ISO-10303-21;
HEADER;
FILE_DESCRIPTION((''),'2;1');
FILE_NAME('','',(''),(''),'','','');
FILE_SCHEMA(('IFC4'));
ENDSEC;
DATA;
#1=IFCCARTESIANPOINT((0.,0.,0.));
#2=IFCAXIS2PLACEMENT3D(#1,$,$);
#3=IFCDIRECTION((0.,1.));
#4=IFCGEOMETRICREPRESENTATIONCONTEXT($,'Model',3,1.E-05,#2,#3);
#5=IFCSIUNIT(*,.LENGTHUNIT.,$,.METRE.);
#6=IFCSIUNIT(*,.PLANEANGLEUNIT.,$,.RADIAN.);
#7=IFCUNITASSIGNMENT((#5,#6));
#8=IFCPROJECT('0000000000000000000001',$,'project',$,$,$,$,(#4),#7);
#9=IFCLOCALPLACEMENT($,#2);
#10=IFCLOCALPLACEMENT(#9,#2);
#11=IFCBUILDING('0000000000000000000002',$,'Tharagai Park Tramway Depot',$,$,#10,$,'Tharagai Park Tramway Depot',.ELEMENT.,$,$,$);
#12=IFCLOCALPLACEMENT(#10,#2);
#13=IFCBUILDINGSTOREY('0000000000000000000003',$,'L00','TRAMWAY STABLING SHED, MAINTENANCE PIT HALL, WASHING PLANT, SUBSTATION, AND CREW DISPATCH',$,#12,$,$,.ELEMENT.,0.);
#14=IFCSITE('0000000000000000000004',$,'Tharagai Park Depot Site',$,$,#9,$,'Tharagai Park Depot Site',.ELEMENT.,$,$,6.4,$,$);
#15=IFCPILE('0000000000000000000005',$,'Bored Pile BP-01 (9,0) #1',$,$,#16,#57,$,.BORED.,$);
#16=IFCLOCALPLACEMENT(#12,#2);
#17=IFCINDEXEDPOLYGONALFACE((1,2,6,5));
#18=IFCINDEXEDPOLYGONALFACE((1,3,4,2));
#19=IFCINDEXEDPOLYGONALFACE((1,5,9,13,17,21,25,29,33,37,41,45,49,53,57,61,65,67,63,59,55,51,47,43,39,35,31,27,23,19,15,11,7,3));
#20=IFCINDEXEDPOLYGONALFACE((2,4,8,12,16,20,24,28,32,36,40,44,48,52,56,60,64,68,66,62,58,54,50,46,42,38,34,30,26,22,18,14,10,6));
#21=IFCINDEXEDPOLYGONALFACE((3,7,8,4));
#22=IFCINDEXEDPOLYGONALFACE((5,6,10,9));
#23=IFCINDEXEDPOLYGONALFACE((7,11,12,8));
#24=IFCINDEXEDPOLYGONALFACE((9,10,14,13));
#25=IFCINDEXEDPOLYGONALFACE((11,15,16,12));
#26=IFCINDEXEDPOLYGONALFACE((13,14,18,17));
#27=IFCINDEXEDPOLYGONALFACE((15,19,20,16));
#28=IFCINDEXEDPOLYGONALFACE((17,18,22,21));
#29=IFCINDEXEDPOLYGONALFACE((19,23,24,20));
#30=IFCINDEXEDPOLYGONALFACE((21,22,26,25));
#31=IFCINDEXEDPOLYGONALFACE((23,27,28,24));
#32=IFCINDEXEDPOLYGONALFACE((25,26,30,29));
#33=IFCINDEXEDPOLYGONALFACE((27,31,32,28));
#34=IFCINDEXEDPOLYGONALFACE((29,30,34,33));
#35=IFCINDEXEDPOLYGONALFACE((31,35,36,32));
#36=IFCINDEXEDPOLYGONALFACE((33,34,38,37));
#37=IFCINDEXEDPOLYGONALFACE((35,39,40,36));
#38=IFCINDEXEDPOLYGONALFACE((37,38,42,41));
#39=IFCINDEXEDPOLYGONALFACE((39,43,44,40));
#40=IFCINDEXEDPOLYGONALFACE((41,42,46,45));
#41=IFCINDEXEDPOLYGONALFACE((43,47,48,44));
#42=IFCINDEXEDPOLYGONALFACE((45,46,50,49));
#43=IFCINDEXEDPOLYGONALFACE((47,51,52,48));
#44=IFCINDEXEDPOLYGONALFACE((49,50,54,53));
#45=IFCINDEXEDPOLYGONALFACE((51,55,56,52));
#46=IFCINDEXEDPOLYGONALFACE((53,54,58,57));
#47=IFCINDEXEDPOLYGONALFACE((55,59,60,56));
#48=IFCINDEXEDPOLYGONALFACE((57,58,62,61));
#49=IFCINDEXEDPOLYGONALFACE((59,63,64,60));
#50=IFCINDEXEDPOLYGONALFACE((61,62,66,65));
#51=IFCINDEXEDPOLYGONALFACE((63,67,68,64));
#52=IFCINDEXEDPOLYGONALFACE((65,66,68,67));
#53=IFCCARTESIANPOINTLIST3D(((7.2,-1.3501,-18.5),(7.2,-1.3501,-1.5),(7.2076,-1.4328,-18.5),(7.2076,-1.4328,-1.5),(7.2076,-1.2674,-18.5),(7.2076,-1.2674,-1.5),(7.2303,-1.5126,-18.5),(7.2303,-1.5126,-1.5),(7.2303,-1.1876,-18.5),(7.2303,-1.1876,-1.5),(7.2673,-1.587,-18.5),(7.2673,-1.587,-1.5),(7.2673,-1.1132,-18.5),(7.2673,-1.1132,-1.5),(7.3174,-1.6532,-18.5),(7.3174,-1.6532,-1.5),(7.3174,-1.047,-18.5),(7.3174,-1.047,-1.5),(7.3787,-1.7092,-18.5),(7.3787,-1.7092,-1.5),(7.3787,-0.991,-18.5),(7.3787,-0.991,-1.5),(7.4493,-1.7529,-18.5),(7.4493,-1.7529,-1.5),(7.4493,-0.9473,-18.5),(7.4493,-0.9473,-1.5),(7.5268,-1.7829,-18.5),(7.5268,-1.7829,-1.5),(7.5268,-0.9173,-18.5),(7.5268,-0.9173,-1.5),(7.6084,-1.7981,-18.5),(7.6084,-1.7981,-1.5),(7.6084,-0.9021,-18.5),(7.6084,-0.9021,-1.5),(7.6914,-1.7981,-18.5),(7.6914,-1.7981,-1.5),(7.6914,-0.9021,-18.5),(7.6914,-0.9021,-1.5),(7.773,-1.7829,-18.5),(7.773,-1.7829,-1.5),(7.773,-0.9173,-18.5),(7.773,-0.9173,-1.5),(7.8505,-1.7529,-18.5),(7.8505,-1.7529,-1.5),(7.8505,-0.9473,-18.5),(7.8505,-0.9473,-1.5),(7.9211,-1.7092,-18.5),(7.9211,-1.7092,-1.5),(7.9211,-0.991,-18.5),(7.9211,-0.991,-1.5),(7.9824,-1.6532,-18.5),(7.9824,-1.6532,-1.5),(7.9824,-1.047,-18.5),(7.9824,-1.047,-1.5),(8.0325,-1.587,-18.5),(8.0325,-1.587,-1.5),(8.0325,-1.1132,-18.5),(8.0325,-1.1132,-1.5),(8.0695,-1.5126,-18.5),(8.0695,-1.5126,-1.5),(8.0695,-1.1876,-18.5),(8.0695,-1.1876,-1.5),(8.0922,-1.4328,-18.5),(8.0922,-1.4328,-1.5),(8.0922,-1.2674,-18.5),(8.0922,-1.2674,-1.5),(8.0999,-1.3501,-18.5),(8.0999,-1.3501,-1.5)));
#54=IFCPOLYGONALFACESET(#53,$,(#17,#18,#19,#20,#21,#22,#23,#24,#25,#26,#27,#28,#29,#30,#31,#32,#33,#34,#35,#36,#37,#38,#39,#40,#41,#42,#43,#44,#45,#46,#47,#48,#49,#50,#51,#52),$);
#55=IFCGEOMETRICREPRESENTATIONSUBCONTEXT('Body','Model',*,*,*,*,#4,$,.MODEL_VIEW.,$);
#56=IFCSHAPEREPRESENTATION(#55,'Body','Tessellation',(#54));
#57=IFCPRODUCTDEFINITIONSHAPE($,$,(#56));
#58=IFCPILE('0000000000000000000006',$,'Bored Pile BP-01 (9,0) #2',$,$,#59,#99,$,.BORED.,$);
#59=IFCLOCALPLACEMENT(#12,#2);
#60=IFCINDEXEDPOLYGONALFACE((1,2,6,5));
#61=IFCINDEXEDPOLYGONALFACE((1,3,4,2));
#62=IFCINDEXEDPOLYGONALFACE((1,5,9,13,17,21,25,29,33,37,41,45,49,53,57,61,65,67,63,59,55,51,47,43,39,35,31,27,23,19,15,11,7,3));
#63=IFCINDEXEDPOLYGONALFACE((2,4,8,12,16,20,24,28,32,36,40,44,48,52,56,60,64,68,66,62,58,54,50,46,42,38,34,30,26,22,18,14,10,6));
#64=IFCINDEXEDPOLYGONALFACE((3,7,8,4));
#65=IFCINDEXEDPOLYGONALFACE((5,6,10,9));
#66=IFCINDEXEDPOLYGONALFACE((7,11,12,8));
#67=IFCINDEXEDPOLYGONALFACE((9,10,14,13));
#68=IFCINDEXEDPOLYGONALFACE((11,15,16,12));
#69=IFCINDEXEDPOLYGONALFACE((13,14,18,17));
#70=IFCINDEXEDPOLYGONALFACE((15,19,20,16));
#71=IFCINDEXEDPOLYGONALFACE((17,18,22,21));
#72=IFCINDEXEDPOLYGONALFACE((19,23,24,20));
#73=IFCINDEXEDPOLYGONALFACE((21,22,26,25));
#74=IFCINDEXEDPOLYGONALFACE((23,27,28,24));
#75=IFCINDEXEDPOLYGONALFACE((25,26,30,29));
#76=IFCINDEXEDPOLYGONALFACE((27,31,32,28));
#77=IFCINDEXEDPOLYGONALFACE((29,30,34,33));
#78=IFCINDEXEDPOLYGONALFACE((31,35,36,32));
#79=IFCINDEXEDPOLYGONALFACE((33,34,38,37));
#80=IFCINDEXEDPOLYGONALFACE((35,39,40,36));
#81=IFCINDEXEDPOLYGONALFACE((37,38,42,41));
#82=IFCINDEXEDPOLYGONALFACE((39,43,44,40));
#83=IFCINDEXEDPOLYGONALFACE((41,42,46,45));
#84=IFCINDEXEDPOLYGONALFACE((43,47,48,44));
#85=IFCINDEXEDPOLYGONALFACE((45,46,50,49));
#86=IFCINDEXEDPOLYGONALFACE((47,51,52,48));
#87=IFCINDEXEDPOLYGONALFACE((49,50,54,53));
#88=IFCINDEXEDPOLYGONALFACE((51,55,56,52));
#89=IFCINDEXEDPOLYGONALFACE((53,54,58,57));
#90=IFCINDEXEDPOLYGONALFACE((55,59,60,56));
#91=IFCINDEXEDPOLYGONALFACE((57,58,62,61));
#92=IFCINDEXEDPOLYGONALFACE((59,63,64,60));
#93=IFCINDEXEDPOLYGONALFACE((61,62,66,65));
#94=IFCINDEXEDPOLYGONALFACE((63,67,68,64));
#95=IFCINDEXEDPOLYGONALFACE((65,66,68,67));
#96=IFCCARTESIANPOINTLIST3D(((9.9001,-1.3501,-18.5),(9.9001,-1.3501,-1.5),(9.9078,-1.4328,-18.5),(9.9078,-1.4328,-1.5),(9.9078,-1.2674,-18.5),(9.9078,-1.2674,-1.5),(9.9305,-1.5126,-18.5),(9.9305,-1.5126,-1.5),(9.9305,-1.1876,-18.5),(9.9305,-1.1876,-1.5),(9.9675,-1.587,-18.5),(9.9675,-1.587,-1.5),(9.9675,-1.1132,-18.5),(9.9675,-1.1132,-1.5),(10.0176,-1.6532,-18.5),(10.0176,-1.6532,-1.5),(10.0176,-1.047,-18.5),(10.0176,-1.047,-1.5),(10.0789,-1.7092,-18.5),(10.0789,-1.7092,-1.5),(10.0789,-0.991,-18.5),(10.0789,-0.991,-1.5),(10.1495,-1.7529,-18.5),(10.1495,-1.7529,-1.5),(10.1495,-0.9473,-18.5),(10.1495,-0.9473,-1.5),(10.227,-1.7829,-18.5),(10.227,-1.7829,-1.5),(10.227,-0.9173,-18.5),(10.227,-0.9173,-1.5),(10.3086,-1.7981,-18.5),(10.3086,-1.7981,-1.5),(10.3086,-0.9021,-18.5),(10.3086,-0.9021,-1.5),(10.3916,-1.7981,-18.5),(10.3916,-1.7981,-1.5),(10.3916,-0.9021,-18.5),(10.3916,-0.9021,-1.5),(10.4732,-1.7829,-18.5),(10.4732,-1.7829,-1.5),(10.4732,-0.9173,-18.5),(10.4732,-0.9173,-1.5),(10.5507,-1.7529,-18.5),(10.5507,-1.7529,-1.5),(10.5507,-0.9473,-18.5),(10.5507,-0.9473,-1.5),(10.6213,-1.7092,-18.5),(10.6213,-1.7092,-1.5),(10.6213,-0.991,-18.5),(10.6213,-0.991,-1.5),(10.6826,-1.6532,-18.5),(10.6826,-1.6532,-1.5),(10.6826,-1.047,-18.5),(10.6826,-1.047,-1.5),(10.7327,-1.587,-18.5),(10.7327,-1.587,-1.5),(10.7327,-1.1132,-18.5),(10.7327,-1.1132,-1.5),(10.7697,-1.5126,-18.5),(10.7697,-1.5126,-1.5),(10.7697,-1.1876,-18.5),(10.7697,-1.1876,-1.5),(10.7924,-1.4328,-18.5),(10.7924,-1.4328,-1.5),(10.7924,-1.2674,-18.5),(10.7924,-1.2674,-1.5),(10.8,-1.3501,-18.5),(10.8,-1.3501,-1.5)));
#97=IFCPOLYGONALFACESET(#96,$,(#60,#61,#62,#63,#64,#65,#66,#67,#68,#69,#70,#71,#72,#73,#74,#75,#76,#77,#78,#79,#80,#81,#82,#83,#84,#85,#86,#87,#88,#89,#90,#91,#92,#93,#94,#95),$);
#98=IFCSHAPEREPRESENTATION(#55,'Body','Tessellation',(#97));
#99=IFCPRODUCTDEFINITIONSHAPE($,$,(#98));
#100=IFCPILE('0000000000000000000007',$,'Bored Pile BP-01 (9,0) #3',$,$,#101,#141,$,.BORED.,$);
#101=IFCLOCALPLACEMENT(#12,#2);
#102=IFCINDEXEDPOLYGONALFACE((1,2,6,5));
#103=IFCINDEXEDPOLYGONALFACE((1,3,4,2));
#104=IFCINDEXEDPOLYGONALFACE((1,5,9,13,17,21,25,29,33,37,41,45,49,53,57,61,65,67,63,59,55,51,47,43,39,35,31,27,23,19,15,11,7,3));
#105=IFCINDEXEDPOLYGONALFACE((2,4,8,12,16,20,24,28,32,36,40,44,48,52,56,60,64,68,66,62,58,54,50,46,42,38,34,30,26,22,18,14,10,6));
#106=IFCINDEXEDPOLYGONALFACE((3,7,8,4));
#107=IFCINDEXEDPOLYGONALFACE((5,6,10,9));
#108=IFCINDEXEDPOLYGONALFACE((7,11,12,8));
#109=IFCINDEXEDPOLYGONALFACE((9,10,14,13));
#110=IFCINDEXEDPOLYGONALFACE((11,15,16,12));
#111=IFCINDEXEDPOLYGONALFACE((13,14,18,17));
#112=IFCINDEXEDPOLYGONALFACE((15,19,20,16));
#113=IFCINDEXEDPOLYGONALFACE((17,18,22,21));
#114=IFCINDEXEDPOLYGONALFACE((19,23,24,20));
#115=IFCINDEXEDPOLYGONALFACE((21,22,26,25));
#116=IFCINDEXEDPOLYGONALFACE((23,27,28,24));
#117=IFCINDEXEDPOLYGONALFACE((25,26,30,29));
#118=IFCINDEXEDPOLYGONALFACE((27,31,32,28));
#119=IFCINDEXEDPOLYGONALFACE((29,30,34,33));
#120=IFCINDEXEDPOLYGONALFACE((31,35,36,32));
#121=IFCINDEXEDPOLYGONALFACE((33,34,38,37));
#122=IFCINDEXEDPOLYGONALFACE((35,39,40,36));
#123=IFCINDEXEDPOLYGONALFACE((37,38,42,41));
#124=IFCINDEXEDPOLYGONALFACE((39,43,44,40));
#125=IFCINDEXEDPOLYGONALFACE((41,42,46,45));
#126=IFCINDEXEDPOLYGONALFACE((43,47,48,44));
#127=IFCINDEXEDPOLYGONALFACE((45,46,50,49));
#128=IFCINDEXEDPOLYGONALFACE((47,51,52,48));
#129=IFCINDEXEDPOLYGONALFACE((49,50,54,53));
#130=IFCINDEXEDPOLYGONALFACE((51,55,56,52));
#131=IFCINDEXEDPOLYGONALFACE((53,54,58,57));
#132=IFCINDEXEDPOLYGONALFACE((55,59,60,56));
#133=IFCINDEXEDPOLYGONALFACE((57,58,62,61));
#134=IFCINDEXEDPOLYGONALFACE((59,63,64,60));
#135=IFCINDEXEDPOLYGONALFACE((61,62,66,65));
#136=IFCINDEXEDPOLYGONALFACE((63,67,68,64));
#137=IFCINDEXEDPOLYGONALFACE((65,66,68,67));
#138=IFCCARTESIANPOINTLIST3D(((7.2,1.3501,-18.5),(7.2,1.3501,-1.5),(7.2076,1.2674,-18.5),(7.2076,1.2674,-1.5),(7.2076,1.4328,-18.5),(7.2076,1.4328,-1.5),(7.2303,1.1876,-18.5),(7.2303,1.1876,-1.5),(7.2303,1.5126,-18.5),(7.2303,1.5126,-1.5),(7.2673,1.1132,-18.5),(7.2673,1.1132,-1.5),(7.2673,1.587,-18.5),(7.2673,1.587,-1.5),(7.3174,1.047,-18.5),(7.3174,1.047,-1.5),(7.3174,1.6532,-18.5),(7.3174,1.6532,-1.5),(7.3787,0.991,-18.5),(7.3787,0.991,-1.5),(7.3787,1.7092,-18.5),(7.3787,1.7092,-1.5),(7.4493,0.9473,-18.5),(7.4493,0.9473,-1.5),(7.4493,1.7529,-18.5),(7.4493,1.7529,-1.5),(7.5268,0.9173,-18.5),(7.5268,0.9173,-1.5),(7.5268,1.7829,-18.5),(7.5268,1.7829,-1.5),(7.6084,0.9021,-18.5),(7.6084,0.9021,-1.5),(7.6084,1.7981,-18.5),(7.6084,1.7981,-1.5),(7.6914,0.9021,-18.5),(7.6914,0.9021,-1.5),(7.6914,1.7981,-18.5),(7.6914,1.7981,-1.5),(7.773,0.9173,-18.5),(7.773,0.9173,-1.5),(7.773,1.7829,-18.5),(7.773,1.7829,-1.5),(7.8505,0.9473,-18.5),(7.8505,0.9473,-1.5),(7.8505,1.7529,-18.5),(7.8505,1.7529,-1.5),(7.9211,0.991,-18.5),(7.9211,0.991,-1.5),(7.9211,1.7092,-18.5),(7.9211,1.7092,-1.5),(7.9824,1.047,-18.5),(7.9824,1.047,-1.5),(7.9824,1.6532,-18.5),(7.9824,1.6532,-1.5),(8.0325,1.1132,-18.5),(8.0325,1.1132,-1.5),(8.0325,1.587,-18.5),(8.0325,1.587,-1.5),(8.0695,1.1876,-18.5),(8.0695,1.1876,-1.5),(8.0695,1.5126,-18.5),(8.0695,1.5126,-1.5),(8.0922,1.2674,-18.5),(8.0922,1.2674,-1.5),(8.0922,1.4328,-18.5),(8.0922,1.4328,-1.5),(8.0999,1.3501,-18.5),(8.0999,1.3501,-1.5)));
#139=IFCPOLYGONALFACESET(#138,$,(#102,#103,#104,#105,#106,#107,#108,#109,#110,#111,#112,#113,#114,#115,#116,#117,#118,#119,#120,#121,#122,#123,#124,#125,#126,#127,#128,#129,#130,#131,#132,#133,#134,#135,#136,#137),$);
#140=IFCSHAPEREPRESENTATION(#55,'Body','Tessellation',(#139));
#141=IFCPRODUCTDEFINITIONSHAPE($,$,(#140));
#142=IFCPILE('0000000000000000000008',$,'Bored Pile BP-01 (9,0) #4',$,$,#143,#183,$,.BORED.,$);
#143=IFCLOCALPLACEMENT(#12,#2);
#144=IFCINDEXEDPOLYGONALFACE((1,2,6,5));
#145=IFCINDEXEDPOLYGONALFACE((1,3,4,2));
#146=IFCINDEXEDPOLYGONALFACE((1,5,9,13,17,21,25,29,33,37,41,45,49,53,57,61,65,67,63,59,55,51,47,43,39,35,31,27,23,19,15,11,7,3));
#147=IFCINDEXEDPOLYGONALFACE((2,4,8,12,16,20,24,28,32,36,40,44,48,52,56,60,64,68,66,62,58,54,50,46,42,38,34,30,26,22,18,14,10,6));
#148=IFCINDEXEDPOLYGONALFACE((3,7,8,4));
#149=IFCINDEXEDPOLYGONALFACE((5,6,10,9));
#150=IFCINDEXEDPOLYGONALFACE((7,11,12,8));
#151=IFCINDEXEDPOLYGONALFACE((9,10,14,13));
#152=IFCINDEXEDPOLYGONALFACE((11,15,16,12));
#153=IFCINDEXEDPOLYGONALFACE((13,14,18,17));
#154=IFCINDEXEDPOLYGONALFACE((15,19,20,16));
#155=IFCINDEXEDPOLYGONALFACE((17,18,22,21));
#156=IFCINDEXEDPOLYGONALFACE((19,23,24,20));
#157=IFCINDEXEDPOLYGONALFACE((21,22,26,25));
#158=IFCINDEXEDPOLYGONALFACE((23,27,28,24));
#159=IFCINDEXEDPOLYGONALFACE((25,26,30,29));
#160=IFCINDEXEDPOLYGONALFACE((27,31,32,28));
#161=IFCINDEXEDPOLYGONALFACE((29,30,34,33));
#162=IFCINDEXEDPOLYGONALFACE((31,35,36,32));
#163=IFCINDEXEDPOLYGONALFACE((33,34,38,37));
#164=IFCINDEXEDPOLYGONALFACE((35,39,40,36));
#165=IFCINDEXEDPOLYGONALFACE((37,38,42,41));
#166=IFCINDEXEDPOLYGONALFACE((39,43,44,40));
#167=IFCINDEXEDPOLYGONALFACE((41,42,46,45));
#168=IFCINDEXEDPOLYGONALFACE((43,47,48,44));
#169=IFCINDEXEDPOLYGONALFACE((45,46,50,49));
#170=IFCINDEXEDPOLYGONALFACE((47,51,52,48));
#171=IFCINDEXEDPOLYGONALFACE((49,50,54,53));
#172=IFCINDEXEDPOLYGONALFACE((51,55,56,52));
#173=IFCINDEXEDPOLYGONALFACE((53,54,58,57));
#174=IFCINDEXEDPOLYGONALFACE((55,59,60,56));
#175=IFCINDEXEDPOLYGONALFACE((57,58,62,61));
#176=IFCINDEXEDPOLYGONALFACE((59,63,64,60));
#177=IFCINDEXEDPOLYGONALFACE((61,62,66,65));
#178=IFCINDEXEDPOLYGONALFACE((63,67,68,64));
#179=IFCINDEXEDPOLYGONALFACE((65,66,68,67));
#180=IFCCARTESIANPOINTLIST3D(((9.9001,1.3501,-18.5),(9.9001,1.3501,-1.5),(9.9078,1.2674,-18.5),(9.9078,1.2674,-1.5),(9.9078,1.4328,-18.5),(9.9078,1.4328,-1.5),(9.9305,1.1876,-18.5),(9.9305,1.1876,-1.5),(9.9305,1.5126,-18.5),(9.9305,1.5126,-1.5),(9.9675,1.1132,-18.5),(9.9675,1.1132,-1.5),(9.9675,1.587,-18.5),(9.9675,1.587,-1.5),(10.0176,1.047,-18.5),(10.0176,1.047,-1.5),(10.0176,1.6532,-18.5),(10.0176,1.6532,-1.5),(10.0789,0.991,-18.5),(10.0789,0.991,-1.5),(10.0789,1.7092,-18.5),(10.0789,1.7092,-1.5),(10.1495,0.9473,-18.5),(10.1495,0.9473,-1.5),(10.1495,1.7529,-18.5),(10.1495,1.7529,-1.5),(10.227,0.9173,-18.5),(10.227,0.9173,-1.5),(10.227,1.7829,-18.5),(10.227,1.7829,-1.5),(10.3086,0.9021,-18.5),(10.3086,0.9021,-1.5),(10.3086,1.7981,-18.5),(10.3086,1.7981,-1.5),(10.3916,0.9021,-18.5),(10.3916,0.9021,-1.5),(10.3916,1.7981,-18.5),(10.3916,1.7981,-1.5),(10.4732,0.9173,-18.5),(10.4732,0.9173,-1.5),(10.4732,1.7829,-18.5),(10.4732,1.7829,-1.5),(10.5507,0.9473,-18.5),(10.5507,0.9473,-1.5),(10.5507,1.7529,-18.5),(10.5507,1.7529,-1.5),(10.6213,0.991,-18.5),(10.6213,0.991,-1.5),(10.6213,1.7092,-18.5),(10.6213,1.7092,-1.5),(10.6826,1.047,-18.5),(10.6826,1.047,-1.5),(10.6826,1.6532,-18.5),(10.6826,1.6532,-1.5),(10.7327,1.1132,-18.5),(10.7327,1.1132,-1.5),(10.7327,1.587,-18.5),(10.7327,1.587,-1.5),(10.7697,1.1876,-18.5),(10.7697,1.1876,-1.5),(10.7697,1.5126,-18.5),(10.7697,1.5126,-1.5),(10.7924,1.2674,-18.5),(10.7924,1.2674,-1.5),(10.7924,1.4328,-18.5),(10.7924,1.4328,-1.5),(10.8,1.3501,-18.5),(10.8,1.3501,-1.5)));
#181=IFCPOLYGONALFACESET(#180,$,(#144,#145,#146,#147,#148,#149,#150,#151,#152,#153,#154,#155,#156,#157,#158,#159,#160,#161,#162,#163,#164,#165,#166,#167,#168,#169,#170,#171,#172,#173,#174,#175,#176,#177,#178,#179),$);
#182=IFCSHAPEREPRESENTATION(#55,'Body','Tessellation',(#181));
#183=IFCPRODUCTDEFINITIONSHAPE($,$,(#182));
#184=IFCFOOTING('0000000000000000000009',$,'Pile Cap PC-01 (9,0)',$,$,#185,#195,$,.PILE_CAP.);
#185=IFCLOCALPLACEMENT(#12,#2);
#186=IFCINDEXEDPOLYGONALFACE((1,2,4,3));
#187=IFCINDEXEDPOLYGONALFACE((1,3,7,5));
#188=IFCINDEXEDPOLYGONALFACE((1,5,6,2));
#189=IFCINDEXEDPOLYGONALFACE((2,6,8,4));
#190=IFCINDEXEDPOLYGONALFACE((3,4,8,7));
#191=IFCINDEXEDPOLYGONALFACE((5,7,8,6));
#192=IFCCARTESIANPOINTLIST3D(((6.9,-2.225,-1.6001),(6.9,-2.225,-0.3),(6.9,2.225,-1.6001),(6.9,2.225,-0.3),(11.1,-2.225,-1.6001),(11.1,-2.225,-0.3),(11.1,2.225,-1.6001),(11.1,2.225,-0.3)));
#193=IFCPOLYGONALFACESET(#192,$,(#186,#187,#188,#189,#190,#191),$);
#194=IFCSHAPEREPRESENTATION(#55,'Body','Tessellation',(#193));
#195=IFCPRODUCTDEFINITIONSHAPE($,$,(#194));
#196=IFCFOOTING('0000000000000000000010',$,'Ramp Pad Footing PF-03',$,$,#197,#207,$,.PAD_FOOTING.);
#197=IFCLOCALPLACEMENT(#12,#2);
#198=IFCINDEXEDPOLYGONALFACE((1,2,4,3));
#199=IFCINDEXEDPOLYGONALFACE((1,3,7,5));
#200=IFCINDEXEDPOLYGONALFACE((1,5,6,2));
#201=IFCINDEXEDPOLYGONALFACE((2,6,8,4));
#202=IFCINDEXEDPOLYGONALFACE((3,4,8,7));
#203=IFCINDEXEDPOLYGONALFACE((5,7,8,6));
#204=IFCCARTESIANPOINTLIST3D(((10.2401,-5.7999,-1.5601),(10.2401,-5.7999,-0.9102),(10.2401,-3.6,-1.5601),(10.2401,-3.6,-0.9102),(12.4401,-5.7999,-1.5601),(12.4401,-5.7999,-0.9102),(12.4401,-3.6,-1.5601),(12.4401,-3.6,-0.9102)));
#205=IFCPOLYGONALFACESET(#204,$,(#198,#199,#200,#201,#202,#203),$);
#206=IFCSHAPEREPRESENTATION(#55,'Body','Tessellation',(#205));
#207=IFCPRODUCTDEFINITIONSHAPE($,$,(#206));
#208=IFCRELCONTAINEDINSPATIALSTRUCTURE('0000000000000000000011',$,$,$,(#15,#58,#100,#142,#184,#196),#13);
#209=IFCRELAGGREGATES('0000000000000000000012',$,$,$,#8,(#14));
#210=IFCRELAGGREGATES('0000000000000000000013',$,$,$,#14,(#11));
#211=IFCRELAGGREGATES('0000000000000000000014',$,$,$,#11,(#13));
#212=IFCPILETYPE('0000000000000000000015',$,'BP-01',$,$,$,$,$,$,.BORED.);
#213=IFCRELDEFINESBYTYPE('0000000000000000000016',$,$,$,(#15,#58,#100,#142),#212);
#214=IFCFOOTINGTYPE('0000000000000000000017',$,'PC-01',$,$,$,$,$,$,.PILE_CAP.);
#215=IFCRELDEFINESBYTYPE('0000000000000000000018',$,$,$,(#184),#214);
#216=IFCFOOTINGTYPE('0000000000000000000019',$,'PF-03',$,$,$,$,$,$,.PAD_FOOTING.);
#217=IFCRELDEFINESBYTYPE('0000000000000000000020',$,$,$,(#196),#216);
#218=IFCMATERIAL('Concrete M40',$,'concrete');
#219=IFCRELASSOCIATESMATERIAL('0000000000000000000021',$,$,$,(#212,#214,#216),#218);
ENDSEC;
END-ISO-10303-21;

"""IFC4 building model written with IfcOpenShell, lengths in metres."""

from ifc_helpers import new_model, si_unit, direction, frame, origin, origin_2d, place, context, subcontext, project, spatial, rectangle, circle, extrude, material, material_profile, profile_set, type_object, element, save


model = new_model("IFC4")

# Units and contexts
model_context = context("Model", 3, precision=1e-05, world=origin(), true_north=direction((0.0, 1.0)))
body_context = subcontext(model_context, "Body", "Model", "MODEL_VIEW")
ifc_project = project(units=[si_unit("LENGTHUNIT", "METRE"), si_unit("PLANEANGLEUNIT", "RADIAN")], contexts=[model_context])

# Site, building, storey
site_placement = place(None, origin())
site = spatial("IfcSite", under=ifc_project, at=site_placement, Name="Tharagai Park Depot Site", LongName="Tharagai Park Depot Site", CompositionType="ELEMENT", RefElevation=6.4)
building_placement = place(site_placement, origin())
building = spatial("IfcBuilding", under=site, at=building_placement, Name="Tharagai Park Tramway Depot", LongName="Tharagai Park Tramway Depot", CompositionType="ELEMENT")
storey_placement = place(building_placement, origin())
storey = spatial("IfcBuildingStorey", under=building, at=storey_placement, Name="L00", Description="TRAMWAY STABLING SHED, MAINTENANCE PIT HALL, WASHING PLANT, SUBSTATION, AND CREW DISPATCH", CompositionType="ELEMENT", Elevation=0.0)

# Piles
ifc_material_1 = material(Name="Concrete M40", Category="concrete")
ifc_material_profile_1 = material_profile(ifc_material_1, circle(Radius=0.45, at=origin_2d()), Name="PILE D900")
ifc_profile_set_1 = profile_set([ifc_material_profile_1], Name="Concrete M40")
pile_type = type_object("IfcPileType", Name="BP-01", PredefinedType="BORED", material=ifc_profile_set_1)
for number, where, z_axis, x_axis, name in (
    (1, (7.6499, -1.3501, -1.5), (0.0, 0.0, -1.0), (1.0, 0.0, 0.0), "Bored Pile BP-01 (9,0) #1"),
    (2, (10.3501, -1.3501, -1.5), (0.0, 0.0, -1.0), (1.0, 0.0, 0.0), "Bored Pile BP-01 (9,0) #2"),
    (3, (7.6499, 1.3501, -1.5), (0.0, 0.0, -1.0), (1.0, 0.0, 0.0), "Bored Pile BP-01 (9,0) #3"),
    (4, (10.3501, 1.3501, -1.5), (0.0, 0.0, -1.0), (1.0, 0.0, 0.0), "Bored Pile BP-01 (9,0) #4"),
):
    element("IfcPile", number, at=place(storey_placement, frame(where, z_axis=z_axis, x_axis=x_axis)), inside=storey, type_object=pile_type, Name=name, PredefinedType="BORED", context=body_context, shape_type="SweptSolid", body=[
        extrude(circle(Radius=0.45, at=origin_2d()), origin(), (0.0, 0.0, 1.0), 17.0),
    ])

# Footings
footing_type_1 = type_object("IfcFootingType", Name="PC-01", PredefinedType="PILE_CAP", material=ifc_material_1)
footing_1_placement = place(storey_placement, frame((9.0, 0.0, -1.6001), z_axis=(0.0, 0.0, 1.0), x_axis=(1.0, 0.0, 0.0)))
element("IfcFooting", 5, at=footing_1_placement, inside=storey, type_object=footing_type_1, Name="Pile Cap PC-01 (9,0)", PredefinedType="PILE_CAP", context=body_context, shape_type="SweptSolid", body=[
    extrude(rectangle(XDim=4.2, YDim=4.45, at=origin_2d()), origin(), (0.0, 0.0, 1.0), 1.3),
])
footing_type_2 = type_object("IfcFootingType", Name="PF-03", PredefinedType="PAD_FOOTING", material=ifc_material_1)
footing_2_placement = place(storey_placement, frame((11.3401, -4.7, -1.5601), z_axis=(0.0, 0.0, 1.0), x_axis=(1.0, 0.0, 0.0)))
element("IfcFooting", 6, at=footing_2_placement, inside=storey, type_object=footing_type_2, Name="Ramp Pad Footing PF-03", PredefinedType="PAD_FOOTING", context=body_context, shape_type="SweptSolid", body=[
    extrude(rectangle(XDim=2.2, YDim=2.2, at=origin_2d()), origin(), (0.0, 0.0, 1.0), 0.6499),
])

save(model, "model.ifc")
